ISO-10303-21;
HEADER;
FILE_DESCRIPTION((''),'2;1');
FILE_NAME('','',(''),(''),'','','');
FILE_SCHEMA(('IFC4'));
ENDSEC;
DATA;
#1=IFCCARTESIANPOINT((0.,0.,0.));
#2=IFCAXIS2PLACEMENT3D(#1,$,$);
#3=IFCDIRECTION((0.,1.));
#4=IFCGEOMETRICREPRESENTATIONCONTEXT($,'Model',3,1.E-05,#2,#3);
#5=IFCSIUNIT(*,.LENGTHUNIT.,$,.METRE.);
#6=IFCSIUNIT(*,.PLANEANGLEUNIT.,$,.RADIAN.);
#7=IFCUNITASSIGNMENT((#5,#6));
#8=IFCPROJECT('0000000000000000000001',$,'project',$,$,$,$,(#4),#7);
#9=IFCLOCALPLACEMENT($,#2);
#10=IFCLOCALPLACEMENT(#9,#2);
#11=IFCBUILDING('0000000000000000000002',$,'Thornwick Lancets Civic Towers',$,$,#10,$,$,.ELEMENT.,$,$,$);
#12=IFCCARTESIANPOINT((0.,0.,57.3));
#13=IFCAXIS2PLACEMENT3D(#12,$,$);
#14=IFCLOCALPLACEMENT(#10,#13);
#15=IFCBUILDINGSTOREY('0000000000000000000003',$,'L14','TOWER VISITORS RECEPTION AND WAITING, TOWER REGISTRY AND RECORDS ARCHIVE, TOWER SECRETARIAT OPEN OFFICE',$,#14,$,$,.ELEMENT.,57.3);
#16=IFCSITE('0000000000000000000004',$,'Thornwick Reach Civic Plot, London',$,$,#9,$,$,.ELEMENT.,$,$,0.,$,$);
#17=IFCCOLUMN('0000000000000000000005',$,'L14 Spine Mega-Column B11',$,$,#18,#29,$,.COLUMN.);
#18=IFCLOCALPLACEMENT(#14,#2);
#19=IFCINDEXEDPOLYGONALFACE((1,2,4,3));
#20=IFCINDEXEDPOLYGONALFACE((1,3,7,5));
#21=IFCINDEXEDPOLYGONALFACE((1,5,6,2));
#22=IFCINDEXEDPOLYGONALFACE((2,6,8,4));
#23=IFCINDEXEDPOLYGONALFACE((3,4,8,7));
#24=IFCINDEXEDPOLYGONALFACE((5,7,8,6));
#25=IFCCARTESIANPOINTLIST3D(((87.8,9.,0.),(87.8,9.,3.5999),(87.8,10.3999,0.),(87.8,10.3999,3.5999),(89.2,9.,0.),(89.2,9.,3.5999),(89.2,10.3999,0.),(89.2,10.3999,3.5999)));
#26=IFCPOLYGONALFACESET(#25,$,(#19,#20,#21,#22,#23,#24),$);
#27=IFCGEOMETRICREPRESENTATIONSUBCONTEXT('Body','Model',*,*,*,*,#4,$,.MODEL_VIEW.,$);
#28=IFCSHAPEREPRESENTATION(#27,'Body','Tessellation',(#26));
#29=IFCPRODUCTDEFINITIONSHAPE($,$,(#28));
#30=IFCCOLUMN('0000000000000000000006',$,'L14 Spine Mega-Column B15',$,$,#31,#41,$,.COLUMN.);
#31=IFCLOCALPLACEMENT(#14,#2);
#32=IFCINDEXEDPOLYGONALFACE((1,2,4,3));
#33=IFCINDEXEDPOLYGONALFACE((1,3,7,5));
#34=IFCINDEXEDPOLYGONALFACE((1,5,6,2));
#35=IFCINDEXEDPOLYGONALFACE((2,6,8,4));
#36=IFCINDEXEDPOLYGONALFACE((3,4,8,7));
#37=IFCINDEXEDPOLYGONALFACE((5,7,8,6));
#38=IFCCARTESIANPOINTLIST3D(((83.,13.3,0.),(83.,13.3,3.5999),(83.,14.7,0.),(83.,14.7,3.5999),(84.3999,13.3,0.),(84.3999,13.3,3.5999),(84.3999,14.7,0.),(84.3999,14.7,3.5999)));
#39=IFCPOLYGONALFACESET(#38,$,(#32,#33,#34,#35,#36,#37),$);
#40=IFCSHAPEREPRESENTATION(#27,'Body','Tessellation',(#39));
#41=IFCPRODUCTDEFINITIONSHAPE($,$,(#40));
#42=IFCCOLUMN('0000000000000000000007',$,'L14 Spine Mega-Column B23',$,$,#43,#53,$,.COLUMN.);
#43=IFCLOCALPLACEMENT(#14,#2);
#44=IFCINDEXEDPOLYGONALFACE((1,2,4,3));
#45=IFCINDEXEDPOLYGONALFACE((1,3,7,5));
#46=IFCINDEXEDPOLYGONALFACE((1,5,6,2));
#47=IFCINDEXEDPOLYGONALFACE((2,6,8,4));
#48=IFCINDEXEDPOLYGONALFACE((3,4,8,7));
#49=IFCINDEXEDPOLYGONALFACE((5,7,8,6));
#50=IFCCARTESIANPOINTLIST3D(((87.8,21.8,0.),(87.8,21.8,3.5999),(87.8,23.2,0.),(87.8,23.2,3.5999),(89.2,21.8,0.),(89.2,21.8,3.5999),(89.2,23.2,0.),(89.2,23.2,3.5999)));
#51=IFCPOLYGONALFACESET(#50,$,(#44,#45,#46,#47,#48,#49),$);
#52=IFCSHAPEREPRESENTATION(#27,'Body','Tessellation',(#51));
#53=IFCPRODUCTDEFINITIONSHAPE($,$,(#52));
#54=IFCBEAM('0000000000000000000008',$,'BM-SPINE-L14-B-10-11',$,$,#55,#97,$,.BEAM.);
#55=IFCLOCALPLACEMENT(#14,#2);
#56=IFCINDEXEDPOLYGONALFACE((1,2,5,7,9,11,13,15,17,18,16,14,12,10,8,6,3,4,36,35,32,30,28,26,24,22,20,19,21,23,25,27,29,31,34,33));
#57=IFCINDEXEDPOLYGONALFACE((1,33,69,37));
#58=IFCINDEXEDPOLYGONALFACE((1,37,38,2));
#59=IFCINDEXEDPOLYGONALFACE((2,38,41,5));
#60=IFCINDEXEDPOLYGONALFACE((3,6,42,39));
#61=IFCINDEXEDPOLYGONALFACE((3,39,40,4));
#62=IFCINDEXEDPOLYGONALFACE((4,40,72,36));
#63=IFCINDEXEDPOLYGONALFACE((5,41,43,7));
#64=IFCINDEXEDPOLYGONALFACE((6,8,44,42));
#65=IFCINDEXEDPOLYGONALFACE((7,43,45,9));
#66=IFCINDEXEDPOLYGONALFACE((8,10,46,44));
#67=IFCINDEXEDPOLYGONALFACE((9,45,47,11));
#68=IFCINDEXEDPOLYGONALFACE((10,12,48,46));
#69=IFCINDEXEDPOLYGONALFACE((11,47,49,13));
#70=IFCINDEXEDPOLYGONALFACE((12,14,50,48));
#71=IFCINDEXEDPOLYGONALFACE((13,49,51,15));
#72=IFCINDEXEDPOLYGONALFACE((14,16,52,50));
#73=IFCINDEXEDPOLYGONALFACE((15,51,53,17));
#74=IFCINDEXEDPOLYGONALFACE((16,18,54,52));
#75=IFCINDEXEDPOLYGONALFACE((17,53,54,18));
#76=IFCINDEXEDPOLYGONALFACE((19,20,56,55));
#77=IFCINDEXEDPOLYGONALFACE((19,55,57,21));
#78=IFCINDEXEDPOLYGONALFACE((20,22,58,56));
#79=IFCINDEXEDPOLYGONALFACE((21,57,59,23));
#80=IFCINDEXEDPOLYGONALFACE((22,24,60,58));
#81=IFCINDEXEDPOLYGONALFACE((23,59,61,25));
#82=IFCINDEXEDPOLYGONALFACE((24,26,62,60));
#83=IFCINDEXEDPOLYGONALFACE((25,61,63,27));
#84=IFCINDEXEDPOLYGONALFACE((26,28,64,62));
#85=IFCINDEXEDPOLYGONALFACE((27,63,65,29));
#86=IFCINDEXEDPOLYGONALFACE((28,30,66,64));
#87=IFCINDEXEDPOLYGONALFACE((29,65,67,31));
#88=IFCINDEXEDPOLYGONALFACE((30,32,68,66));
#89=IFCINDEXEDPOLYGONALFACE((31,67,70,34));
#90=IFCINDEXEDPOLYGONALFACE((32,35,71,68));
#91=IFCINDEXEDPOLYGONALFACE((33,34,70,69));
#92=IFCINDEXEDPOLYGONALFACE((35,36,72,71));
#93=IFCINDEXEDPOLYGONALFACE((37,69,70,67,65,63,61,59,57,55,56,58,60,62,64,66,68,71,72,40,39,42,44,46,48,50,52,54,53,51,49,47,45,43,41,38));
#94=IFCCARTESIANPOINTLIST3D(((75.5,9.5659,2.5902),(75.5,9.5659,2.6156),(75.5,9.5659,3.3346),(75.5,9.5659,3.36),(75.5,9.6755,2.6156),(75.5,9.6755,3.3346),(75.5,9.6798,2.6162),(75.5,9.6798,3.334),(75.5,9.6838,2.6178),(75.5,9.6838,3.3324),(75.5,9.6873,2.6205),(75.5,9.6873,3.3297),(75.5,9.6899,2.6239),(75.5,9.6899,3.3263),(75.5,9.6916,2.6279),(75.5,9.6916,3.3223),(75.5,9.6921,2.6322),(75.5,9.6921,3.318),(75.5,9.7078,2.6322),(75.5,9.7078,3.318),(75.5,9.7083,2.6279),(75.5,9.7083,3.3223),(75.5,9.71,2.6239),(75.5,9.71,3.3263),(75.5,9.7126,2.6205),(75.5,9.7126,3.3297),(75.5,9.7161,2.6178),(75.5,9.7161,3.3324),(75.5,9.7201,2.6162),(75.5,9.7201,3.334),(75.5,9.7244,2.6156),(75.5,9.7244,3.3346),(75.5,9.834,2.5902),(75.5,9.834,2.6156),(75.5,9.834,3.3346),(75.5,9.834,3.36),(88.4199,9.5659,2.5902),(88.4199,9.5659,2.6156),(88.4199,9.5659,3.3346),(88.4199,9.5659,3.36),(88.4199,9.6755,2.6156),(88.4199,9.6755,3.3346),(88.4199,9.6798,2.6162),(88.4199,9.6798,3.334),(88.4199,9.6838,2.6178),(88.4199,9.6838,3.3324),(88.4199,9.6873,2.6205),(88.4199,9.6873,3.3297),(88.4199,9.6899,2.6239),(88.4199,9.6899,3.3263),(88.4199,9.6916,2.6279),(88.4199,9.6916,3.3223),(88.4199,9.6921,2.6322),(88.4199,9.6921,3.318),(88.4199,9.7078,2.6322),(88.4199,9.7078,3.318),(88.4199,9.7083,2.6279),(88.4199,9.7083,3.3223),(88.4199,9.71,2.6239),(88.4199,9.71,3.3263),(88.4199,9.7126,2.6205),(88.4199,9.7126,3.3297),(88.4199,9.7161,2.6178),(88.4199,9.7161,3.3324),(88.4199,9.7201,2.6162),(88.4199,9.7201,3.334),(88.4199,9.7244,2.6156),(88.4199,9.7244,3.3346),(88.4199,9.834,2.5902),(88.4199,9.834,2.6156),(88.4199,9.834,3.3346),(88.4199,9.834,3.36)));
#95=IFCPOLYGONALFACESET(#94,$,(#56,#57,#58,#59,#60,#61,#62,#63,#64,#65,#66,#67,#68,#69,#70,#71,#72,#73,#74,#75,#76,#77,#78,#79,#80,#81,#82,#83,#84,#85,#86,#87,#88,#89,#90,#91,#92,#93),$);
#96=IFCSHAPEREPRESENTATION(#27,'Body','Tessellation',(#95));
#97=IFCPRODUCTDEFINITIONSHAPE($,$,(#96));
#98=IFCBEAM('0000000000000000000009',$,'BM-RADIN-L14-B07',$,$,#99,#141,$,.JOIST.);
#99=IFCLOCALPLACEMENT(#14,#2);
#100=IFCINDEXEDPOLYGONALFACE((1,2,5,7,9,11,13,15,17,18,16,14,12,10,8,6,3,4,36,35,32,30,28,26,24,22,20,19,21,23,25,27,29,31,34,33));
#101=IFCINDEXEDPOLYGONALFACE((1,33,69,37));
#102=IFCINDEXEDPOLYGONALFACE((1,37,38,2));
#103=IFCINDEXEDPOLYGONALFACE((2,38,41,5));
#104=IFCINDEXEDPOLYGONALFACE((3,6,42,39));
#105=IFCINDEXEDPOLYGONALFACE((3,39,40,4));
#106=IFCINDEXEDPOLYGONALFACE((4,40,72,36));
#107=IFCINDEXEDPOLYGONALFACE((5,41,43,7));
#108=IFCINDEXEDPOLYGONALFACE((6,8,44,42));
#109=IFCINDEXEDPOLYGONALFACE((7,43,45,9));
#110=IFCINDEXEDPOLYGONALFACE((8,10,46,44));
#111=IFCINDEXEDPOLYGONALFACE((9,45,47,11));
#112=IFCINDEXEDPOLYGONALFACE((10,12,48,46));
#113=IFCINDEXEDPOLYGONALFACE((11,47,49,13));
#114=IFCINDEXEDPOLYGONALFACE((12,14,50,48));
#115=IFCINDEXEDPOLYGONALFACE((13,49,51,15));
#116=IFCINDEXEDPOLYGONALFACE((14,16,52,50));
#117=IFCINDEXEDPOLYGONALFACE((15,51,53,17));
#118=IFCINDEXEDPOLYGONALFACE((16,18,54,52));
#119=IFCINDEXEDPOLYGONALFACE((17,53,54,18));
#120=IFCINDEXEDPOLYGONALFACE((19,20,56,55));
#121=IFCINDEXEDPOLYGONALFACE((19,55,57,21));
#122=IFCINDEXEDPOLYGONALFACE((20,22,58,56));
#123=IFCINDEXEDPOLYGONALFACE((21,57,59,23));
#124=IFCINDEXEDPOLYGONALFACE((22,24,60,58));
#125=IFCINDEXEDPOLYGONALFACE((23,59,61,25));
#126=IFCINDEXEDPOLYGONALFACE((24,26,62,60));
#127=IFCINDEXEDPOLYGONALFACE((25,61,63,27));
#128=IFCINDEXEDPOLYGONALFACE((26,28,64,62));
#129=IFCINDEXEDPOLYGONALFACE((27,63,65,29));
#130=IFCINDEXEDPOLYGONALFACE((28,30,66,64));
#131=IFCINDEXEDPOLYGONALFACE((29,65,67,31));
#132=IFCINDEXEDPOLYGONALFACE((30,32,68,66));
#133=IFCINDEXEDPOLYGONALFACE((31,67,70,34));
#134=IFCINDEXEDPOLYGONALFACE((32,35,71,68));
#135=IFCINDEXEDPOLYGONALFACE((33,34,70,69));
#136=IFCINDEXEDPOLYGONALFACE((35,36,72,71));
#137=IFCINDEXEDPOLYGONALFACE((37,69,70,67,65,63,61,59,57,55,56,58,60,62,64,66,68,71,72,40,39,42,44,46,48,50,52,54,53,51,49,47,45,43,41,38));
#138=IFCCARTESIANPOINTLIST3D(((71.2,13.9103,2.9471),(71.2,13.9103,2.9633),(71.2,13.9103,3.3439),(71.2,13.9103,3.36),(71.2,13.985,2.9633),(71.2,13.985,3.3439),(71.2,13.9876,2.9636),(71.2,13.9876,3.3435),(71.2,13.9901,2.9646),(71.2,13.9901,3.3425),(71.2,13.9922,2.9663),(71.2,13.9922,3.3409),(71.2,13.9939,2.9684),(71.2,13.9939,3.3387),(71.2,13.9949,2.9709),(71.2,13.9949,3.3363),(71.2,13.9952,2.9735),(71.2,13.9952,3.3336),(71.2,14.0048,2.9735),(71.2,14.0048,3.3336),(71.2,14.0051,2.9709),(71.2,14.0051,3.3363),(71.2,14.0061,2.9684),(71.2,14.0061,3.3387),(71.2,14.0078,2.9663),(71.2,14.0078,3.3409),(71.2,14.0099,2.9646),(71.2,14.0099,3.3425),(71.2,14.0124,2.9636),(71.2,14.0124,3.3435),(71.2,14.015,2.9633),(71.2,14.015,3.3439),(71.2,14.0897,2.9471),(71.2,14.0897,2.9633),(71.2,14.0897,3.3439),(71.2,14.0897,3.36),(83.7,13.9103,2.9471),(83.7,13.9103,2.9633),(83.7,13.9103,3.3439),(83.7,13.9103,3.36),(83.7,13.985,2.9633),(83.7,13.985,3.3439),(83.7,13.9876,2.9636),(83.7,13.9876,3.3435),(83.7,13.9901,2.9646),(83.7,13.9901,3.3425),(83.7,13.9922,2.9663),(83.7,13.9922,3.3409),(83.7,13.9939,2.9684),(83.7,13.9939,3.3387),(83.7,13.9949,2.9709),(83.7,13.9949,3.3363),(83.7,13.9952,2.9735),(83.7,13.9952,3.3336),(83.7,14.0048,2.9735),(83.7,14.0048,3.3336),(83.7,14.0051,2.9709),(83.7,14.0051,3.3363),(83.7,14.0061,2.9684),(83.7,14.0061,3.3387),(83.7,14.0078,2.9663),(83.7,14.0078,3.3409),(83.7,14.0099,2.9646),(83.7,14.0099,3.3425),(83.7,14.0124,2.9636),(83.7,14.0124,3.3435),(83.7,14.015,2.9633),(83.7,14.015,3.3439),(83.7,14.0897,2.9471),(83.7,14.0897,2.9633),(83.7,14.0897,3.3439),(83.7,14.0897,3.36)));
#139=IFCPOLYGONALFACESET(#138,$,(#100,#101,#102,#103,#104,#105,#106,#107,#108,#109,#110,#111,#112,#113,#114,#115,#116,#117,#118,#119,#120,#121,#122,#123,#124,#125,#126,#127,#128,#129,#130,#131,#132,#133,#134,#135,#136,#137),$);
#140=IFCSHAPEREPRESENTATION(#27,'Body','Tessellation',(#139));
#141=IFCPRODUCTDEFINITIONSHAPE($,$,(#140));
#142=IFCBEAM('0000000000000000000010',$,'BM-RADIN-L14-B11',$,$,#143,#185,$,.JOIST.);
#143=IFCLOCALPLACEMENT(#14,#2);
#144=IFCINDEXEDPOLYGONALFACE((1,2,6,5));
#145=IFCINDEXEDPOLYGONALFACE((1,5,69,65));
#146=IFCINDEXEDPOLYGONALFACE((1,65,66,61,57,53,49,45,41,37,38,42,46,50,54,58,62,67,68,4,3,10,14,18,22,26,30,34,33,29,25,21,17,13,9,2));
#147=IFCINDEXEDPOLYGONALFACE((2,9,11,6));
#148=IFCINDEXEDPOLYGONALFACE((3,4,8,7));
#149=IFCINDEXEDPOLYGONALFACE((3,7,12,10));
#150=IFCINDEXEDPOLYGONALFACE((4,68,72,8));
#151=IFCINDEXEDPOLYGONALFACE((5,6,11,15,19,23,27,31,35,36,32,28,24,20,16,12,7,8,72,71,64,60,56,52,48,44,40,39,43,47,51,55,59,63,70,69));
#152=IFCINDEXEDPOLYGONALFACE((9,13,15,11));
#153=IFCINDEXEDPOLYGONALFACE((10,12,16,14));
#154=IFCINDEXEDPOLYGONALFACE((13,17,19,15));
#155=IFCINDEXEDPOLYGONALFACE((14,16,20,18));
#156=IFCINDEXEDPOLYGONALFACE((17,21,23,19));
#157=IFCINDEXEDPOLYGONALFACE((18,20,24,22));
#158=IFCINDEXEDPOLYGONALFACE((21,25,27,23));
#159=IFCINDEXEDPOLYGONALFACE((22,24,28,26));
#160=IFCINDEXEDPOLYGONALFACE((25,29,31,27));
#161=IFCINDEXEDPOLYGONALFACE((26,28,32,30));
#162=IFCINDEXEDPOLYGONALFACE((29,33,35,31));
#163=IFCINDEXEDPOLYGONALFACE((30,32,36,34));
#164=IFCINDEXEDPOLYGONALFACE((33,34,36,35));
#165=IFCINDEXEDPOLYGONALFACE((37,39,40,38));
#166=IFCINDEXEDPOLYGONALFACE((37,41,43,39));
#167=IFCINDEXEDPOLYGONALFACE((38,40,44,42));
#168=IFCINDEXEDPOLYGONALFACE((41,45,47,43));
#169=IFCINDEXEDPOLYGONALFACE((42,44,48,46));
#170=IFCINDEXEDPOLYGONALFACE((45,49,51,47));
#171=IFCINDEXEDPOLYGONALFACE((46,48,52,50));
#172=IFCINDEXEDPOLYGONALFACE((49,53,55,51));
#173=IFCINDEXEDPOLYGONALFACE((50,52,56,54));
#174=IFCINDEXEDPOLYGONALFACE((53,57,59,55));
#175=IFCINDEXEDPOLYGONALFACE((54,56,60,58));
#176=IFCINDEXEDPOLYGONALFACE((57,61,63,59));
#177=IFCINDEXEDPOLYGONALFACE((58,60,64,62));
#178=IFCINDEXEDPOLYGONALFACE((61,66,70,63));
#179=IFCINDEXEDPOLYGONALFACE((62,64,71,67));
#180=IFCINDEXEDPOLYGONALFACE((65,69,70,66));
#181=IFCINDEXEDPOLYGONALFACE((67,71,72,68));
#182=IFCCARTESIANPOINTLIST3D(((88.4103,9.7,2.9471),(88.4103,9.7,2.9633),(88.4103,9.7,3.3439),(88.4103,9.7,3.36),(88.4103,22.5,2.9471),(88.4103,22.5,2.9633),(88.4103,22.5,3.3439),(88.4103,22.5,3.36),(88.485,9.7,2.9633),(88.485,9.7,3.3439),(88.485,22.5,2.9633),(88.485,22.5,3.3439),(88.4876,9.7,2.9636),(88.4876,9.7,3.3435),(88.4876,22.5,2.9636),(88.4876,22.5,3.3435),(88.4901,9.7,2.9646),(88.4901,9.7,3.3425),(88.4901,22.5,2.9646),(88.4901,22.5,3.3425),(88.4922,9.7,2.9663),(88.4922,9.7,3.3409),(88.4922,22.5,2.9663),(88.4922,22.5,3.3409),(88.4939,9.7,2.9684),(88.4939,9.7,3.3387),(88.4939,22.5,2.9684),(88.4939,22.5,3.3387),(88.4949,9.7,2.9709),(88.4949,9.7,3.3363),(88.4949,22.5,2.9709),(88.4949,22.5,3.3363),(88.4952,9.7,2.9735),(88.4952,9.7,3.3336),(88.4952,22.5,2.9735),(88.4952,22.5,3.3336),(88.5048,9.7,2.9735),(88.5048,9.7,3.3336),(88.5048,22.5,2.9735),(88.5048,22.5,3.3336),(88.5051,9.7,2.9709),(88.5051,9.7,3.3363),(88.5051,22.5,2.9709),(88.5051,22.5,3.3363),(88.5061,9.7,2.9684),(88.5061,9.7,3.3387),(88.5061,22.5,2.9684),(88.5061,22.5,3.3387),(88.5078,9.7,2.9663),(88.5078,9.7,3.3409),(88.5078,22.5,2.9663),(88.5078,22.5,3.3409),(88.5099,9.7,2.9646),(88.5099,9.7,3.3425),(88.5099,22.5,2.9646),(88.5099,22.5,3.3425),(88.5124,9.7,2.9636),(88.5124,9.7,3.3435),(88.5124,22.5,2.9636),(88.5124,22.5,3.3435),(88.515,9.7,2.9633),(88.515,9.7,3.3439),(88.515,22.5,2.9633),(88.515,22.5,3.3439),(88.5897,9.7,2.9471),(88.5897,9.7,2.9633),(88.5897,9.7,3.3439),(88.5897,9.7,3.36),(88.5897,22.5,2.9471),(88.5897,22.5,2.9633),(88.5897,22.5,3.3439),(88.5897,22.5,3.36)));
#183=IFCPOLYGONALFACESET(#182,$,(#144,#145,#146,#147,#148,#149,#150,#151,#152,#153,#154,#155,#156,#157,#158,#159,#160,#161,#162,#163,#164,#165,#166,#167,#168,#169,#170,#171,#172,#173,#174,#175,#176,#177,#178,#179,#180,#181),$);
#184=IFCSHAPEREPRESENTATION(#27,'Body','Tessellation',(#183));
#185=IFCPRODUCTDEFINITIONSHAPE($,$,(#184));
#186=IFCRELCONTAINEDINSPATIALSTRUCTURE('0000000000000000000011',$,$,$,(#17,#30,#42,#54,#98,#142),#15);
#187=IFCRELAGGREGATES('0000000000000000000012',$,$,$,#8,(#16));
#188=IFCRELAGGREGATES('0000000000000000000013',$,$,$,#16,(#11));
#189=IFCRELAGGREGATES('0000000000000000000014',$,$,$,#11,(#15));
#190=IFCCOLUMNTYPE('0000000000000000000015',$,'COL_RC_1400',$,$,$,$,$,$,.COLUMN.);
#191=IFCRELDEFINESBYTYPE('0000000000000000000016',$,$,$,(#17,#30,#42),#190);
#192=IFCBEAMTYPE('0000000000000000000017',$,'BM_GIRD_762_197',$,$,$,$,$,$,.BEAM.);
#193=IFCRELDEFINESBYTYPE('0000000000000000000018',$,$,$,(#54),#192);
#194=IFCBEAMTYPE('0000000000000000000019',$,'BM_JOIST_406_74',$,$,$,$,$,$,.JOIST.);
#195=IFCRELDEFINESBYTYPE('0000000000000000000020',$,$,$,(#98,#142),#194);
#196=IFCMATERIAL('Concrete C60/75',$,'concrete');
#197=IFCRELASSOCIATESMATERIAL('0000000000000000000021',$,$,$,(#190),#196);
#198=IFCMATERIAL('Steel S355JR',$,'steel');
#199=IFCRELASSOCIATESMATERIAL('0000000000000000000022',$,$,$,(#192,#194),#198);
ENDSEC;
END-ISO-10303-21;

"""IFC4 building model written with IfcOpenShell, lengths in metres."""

from ifc_helpers import new_model, si_unit, direction, frame, origin, origin_2d, place, context, subcontext, project, spatial, rectangle, i_section, extrude, material, material_profile, profile_set, type_object, element, save


model = new_model("IFC4")

# Units and contexts
model_context = context("Model", 3, precision=1e-05, world=origin(), true_north=direction((0.0, 1.0)))
body_context = subcontext(model_context, "Body", "Model", "MODEL_VIEW")
ifc_project = project(units=[si_unit("LENGTHUNIT", "METRE"), si_unit("PLANEANGLEUNIT", "RADIAN")], contexts=[model_context])

# Site, building, storey
site_placement = place(None, origin())
site = spatial("IfcSite", under=ifc_project, at=site_placement, Name="Thornwick Reach Civic Plot, London", CompositionType="ELEMENT", RefElevation=0.0)
building_placement = place(site_placement, origin())
building = spatial("IfcBuilding", under=site, at=building_placement, Name="Thornwick Lancets Civic Towers", CompositionType="ELEMENT")
storey_placement = place(building_placement, frame((0.0, 0.0, 57.3)))
storey = spatial("IfcBuildingStorey", under=building, at=storey_placement, Name="L14", Description="TOWER VISITORS RECEPTION AND WAITING, TOWER REGISTRY AND RECORDS ARCHIVE, TOWER SECRETARIAT OPEN OFFICE", CompositionType="ELEMENT", Elevation=57.3)

# Columns
ifc_material_1 = material(Name="Concrete C60/75", Category="concrete")
ifc_material_profile_1 = material_profile(ifc_material_1, rectangle(XDim=1.3999, YDim=1.3999, at=origin_2d()), Name="RC 1400x1400")
ifc_profile_set_1 = profile_set([ifc_material_profile_1], Name="Concrete C60/75")
column_type = type_object("IfcColumnType", Name="COL_RC_1400", PredefinedType="COLUMN", material=ifc_profile_set_1)
for number, where, z_axis, x_axis, name in (
    (1, (88.5, 9.7, 0.0), (0.0, 0.0, 1.0), (1.0, 0.0, 0.0), "L14 Spine Mega-Column B11"),
    (2, (83.7, 14.0, 0.0), (0.0, 0.0, 1.0), (1.0, 0.0, 0.0), "L14 Spine Mega-Column B15"),
    (3, (88.5, 22.5, 0.0), (0.0, 0.0, 1.0), (1.0, 0.0, 0.0), "L14 Spine Mega-Column B23"),
):
    element("IfcColumn", number, at=place(storey_placement, frame(where, z_axis=z_axis, x_axis=x_axis)), inside=storey, type_object=column_type, Name=name, PredefinedType="COLUMN", context=body_context, shape_type="SweptSolid", body=[
        extrude(rectangle(XDim=1.3999, YDim=1.3999, at=origin_2d()), origin(), (0.0, 0.0, 1.0), 3.5999),
    ])

# Beams
ifc_material_2 = material(Name="Steel S355JR", Category="steel")
ifc_material_profile_2 = material_profile(ifc_material_2, i_section(OverallWidth=0.2681, OverallDepth=0.7698, WebThickness=0.0156, FlangeThickness=0.0254, FilletRadius=0.0166, at=origin_2d()), Name="UKB 762x267x197")
ifc_profile_set_2 = profile_set([ifc_material_profile_2], Name="Steel S355JR")
beam_type_1 = type_object("IfcBeamType", Name="BM_GIRD_762_197", PredefinedType="BEAM", material=ifc_profile_set_2)
beam_1_placement = place(storey_placement, frame((88.4199, 9.7, 2.9751), z_axis=(-1.0, 0.0, 0.0), x_axis=(0.0, -1.0, 0.0)))
element("IfcBeam", 4, at=beam_1_placement, inside=storey, type_object=beam_type_1, Name="BM-SPINE-L14-B-10-11", PredefinedType="BEAM", context=body_context, shape_type="SweptSolid", body=[
    extrude(i_section(OverallWidth=0.2681, OverallDepth=0.7698, WebThickness=0.0156, FlangeThickness=0.0254, FilletRadius=0.0166, at=origin_2d()), origin(), (0.0, 0.0, 1.0), 12.9199),
])
ifc_material_profile_3 = material_profile(ifc_material_2, i_section(OverallWidth=0.1794, OverallDepth=0.4128, WebThickness=0.0095, FlangeThickness=0.0161, FilletRadius=0.0103, at=origin_2d()), Name="UKB 406x178x74")
ifc_profile_set_3 = profile_set([ifc_material_profile_3], Name="Steel S355JR")
beam_type_2 = type_object("IfcBeamType", Name="BM_JOIST_406_74", PredefinedType="JOIST", material=ifc_profile_set_3)
beam_2_placement = place(storey_placement, frame((83.7, 14.0, 3.1536), z_axis=(-1.0, 0.0, 0.0), x_axis=(0.0, -1.0, 0.0)))
element("IfcBeam", 5, at=beam_2_placement, inside=storey, type_object=beam_type_2, Name="BM-RADIN-L14-B07", PredefinedType="JOIST", context=body_context, shape_type="SweptSolid", body=[
    extrude(i_section(OverallWidth=0.1794, OverallDepth=0.4128, WebThickness=0.0095, FlangeThickness=0.0161, FilletRadius=0.0103, at=origin_2d()), origin(), (0.0, 0.0, 1.0), 12.5),
])
beam_3_placement = place(storey_placement, frame((88.5, 22.5, 3.1536), z_axis=(0.0, -1.0, 0.0), x_axis=(1.0, 0.0, 0.0)))
element("IfcBeam", 6, at=beam_3_placement, inside=storey, type_object=beam_type_2, Name="BM-RADIN-L14-B11", PredefinedType="JOIST", context=body_context, shape_type="SweptSolid", body=[
    extrude(i_section(OverallWidth=0.1794, OverallDepth=0.4128, WebThickness=0.0095, FlangeThickness=0.0161, FilletRadius=0.0103, at=origin_2d()), origin(), (0.0, 0.0, 1.0), 12.8),
])

save(model, "model.ifc")
